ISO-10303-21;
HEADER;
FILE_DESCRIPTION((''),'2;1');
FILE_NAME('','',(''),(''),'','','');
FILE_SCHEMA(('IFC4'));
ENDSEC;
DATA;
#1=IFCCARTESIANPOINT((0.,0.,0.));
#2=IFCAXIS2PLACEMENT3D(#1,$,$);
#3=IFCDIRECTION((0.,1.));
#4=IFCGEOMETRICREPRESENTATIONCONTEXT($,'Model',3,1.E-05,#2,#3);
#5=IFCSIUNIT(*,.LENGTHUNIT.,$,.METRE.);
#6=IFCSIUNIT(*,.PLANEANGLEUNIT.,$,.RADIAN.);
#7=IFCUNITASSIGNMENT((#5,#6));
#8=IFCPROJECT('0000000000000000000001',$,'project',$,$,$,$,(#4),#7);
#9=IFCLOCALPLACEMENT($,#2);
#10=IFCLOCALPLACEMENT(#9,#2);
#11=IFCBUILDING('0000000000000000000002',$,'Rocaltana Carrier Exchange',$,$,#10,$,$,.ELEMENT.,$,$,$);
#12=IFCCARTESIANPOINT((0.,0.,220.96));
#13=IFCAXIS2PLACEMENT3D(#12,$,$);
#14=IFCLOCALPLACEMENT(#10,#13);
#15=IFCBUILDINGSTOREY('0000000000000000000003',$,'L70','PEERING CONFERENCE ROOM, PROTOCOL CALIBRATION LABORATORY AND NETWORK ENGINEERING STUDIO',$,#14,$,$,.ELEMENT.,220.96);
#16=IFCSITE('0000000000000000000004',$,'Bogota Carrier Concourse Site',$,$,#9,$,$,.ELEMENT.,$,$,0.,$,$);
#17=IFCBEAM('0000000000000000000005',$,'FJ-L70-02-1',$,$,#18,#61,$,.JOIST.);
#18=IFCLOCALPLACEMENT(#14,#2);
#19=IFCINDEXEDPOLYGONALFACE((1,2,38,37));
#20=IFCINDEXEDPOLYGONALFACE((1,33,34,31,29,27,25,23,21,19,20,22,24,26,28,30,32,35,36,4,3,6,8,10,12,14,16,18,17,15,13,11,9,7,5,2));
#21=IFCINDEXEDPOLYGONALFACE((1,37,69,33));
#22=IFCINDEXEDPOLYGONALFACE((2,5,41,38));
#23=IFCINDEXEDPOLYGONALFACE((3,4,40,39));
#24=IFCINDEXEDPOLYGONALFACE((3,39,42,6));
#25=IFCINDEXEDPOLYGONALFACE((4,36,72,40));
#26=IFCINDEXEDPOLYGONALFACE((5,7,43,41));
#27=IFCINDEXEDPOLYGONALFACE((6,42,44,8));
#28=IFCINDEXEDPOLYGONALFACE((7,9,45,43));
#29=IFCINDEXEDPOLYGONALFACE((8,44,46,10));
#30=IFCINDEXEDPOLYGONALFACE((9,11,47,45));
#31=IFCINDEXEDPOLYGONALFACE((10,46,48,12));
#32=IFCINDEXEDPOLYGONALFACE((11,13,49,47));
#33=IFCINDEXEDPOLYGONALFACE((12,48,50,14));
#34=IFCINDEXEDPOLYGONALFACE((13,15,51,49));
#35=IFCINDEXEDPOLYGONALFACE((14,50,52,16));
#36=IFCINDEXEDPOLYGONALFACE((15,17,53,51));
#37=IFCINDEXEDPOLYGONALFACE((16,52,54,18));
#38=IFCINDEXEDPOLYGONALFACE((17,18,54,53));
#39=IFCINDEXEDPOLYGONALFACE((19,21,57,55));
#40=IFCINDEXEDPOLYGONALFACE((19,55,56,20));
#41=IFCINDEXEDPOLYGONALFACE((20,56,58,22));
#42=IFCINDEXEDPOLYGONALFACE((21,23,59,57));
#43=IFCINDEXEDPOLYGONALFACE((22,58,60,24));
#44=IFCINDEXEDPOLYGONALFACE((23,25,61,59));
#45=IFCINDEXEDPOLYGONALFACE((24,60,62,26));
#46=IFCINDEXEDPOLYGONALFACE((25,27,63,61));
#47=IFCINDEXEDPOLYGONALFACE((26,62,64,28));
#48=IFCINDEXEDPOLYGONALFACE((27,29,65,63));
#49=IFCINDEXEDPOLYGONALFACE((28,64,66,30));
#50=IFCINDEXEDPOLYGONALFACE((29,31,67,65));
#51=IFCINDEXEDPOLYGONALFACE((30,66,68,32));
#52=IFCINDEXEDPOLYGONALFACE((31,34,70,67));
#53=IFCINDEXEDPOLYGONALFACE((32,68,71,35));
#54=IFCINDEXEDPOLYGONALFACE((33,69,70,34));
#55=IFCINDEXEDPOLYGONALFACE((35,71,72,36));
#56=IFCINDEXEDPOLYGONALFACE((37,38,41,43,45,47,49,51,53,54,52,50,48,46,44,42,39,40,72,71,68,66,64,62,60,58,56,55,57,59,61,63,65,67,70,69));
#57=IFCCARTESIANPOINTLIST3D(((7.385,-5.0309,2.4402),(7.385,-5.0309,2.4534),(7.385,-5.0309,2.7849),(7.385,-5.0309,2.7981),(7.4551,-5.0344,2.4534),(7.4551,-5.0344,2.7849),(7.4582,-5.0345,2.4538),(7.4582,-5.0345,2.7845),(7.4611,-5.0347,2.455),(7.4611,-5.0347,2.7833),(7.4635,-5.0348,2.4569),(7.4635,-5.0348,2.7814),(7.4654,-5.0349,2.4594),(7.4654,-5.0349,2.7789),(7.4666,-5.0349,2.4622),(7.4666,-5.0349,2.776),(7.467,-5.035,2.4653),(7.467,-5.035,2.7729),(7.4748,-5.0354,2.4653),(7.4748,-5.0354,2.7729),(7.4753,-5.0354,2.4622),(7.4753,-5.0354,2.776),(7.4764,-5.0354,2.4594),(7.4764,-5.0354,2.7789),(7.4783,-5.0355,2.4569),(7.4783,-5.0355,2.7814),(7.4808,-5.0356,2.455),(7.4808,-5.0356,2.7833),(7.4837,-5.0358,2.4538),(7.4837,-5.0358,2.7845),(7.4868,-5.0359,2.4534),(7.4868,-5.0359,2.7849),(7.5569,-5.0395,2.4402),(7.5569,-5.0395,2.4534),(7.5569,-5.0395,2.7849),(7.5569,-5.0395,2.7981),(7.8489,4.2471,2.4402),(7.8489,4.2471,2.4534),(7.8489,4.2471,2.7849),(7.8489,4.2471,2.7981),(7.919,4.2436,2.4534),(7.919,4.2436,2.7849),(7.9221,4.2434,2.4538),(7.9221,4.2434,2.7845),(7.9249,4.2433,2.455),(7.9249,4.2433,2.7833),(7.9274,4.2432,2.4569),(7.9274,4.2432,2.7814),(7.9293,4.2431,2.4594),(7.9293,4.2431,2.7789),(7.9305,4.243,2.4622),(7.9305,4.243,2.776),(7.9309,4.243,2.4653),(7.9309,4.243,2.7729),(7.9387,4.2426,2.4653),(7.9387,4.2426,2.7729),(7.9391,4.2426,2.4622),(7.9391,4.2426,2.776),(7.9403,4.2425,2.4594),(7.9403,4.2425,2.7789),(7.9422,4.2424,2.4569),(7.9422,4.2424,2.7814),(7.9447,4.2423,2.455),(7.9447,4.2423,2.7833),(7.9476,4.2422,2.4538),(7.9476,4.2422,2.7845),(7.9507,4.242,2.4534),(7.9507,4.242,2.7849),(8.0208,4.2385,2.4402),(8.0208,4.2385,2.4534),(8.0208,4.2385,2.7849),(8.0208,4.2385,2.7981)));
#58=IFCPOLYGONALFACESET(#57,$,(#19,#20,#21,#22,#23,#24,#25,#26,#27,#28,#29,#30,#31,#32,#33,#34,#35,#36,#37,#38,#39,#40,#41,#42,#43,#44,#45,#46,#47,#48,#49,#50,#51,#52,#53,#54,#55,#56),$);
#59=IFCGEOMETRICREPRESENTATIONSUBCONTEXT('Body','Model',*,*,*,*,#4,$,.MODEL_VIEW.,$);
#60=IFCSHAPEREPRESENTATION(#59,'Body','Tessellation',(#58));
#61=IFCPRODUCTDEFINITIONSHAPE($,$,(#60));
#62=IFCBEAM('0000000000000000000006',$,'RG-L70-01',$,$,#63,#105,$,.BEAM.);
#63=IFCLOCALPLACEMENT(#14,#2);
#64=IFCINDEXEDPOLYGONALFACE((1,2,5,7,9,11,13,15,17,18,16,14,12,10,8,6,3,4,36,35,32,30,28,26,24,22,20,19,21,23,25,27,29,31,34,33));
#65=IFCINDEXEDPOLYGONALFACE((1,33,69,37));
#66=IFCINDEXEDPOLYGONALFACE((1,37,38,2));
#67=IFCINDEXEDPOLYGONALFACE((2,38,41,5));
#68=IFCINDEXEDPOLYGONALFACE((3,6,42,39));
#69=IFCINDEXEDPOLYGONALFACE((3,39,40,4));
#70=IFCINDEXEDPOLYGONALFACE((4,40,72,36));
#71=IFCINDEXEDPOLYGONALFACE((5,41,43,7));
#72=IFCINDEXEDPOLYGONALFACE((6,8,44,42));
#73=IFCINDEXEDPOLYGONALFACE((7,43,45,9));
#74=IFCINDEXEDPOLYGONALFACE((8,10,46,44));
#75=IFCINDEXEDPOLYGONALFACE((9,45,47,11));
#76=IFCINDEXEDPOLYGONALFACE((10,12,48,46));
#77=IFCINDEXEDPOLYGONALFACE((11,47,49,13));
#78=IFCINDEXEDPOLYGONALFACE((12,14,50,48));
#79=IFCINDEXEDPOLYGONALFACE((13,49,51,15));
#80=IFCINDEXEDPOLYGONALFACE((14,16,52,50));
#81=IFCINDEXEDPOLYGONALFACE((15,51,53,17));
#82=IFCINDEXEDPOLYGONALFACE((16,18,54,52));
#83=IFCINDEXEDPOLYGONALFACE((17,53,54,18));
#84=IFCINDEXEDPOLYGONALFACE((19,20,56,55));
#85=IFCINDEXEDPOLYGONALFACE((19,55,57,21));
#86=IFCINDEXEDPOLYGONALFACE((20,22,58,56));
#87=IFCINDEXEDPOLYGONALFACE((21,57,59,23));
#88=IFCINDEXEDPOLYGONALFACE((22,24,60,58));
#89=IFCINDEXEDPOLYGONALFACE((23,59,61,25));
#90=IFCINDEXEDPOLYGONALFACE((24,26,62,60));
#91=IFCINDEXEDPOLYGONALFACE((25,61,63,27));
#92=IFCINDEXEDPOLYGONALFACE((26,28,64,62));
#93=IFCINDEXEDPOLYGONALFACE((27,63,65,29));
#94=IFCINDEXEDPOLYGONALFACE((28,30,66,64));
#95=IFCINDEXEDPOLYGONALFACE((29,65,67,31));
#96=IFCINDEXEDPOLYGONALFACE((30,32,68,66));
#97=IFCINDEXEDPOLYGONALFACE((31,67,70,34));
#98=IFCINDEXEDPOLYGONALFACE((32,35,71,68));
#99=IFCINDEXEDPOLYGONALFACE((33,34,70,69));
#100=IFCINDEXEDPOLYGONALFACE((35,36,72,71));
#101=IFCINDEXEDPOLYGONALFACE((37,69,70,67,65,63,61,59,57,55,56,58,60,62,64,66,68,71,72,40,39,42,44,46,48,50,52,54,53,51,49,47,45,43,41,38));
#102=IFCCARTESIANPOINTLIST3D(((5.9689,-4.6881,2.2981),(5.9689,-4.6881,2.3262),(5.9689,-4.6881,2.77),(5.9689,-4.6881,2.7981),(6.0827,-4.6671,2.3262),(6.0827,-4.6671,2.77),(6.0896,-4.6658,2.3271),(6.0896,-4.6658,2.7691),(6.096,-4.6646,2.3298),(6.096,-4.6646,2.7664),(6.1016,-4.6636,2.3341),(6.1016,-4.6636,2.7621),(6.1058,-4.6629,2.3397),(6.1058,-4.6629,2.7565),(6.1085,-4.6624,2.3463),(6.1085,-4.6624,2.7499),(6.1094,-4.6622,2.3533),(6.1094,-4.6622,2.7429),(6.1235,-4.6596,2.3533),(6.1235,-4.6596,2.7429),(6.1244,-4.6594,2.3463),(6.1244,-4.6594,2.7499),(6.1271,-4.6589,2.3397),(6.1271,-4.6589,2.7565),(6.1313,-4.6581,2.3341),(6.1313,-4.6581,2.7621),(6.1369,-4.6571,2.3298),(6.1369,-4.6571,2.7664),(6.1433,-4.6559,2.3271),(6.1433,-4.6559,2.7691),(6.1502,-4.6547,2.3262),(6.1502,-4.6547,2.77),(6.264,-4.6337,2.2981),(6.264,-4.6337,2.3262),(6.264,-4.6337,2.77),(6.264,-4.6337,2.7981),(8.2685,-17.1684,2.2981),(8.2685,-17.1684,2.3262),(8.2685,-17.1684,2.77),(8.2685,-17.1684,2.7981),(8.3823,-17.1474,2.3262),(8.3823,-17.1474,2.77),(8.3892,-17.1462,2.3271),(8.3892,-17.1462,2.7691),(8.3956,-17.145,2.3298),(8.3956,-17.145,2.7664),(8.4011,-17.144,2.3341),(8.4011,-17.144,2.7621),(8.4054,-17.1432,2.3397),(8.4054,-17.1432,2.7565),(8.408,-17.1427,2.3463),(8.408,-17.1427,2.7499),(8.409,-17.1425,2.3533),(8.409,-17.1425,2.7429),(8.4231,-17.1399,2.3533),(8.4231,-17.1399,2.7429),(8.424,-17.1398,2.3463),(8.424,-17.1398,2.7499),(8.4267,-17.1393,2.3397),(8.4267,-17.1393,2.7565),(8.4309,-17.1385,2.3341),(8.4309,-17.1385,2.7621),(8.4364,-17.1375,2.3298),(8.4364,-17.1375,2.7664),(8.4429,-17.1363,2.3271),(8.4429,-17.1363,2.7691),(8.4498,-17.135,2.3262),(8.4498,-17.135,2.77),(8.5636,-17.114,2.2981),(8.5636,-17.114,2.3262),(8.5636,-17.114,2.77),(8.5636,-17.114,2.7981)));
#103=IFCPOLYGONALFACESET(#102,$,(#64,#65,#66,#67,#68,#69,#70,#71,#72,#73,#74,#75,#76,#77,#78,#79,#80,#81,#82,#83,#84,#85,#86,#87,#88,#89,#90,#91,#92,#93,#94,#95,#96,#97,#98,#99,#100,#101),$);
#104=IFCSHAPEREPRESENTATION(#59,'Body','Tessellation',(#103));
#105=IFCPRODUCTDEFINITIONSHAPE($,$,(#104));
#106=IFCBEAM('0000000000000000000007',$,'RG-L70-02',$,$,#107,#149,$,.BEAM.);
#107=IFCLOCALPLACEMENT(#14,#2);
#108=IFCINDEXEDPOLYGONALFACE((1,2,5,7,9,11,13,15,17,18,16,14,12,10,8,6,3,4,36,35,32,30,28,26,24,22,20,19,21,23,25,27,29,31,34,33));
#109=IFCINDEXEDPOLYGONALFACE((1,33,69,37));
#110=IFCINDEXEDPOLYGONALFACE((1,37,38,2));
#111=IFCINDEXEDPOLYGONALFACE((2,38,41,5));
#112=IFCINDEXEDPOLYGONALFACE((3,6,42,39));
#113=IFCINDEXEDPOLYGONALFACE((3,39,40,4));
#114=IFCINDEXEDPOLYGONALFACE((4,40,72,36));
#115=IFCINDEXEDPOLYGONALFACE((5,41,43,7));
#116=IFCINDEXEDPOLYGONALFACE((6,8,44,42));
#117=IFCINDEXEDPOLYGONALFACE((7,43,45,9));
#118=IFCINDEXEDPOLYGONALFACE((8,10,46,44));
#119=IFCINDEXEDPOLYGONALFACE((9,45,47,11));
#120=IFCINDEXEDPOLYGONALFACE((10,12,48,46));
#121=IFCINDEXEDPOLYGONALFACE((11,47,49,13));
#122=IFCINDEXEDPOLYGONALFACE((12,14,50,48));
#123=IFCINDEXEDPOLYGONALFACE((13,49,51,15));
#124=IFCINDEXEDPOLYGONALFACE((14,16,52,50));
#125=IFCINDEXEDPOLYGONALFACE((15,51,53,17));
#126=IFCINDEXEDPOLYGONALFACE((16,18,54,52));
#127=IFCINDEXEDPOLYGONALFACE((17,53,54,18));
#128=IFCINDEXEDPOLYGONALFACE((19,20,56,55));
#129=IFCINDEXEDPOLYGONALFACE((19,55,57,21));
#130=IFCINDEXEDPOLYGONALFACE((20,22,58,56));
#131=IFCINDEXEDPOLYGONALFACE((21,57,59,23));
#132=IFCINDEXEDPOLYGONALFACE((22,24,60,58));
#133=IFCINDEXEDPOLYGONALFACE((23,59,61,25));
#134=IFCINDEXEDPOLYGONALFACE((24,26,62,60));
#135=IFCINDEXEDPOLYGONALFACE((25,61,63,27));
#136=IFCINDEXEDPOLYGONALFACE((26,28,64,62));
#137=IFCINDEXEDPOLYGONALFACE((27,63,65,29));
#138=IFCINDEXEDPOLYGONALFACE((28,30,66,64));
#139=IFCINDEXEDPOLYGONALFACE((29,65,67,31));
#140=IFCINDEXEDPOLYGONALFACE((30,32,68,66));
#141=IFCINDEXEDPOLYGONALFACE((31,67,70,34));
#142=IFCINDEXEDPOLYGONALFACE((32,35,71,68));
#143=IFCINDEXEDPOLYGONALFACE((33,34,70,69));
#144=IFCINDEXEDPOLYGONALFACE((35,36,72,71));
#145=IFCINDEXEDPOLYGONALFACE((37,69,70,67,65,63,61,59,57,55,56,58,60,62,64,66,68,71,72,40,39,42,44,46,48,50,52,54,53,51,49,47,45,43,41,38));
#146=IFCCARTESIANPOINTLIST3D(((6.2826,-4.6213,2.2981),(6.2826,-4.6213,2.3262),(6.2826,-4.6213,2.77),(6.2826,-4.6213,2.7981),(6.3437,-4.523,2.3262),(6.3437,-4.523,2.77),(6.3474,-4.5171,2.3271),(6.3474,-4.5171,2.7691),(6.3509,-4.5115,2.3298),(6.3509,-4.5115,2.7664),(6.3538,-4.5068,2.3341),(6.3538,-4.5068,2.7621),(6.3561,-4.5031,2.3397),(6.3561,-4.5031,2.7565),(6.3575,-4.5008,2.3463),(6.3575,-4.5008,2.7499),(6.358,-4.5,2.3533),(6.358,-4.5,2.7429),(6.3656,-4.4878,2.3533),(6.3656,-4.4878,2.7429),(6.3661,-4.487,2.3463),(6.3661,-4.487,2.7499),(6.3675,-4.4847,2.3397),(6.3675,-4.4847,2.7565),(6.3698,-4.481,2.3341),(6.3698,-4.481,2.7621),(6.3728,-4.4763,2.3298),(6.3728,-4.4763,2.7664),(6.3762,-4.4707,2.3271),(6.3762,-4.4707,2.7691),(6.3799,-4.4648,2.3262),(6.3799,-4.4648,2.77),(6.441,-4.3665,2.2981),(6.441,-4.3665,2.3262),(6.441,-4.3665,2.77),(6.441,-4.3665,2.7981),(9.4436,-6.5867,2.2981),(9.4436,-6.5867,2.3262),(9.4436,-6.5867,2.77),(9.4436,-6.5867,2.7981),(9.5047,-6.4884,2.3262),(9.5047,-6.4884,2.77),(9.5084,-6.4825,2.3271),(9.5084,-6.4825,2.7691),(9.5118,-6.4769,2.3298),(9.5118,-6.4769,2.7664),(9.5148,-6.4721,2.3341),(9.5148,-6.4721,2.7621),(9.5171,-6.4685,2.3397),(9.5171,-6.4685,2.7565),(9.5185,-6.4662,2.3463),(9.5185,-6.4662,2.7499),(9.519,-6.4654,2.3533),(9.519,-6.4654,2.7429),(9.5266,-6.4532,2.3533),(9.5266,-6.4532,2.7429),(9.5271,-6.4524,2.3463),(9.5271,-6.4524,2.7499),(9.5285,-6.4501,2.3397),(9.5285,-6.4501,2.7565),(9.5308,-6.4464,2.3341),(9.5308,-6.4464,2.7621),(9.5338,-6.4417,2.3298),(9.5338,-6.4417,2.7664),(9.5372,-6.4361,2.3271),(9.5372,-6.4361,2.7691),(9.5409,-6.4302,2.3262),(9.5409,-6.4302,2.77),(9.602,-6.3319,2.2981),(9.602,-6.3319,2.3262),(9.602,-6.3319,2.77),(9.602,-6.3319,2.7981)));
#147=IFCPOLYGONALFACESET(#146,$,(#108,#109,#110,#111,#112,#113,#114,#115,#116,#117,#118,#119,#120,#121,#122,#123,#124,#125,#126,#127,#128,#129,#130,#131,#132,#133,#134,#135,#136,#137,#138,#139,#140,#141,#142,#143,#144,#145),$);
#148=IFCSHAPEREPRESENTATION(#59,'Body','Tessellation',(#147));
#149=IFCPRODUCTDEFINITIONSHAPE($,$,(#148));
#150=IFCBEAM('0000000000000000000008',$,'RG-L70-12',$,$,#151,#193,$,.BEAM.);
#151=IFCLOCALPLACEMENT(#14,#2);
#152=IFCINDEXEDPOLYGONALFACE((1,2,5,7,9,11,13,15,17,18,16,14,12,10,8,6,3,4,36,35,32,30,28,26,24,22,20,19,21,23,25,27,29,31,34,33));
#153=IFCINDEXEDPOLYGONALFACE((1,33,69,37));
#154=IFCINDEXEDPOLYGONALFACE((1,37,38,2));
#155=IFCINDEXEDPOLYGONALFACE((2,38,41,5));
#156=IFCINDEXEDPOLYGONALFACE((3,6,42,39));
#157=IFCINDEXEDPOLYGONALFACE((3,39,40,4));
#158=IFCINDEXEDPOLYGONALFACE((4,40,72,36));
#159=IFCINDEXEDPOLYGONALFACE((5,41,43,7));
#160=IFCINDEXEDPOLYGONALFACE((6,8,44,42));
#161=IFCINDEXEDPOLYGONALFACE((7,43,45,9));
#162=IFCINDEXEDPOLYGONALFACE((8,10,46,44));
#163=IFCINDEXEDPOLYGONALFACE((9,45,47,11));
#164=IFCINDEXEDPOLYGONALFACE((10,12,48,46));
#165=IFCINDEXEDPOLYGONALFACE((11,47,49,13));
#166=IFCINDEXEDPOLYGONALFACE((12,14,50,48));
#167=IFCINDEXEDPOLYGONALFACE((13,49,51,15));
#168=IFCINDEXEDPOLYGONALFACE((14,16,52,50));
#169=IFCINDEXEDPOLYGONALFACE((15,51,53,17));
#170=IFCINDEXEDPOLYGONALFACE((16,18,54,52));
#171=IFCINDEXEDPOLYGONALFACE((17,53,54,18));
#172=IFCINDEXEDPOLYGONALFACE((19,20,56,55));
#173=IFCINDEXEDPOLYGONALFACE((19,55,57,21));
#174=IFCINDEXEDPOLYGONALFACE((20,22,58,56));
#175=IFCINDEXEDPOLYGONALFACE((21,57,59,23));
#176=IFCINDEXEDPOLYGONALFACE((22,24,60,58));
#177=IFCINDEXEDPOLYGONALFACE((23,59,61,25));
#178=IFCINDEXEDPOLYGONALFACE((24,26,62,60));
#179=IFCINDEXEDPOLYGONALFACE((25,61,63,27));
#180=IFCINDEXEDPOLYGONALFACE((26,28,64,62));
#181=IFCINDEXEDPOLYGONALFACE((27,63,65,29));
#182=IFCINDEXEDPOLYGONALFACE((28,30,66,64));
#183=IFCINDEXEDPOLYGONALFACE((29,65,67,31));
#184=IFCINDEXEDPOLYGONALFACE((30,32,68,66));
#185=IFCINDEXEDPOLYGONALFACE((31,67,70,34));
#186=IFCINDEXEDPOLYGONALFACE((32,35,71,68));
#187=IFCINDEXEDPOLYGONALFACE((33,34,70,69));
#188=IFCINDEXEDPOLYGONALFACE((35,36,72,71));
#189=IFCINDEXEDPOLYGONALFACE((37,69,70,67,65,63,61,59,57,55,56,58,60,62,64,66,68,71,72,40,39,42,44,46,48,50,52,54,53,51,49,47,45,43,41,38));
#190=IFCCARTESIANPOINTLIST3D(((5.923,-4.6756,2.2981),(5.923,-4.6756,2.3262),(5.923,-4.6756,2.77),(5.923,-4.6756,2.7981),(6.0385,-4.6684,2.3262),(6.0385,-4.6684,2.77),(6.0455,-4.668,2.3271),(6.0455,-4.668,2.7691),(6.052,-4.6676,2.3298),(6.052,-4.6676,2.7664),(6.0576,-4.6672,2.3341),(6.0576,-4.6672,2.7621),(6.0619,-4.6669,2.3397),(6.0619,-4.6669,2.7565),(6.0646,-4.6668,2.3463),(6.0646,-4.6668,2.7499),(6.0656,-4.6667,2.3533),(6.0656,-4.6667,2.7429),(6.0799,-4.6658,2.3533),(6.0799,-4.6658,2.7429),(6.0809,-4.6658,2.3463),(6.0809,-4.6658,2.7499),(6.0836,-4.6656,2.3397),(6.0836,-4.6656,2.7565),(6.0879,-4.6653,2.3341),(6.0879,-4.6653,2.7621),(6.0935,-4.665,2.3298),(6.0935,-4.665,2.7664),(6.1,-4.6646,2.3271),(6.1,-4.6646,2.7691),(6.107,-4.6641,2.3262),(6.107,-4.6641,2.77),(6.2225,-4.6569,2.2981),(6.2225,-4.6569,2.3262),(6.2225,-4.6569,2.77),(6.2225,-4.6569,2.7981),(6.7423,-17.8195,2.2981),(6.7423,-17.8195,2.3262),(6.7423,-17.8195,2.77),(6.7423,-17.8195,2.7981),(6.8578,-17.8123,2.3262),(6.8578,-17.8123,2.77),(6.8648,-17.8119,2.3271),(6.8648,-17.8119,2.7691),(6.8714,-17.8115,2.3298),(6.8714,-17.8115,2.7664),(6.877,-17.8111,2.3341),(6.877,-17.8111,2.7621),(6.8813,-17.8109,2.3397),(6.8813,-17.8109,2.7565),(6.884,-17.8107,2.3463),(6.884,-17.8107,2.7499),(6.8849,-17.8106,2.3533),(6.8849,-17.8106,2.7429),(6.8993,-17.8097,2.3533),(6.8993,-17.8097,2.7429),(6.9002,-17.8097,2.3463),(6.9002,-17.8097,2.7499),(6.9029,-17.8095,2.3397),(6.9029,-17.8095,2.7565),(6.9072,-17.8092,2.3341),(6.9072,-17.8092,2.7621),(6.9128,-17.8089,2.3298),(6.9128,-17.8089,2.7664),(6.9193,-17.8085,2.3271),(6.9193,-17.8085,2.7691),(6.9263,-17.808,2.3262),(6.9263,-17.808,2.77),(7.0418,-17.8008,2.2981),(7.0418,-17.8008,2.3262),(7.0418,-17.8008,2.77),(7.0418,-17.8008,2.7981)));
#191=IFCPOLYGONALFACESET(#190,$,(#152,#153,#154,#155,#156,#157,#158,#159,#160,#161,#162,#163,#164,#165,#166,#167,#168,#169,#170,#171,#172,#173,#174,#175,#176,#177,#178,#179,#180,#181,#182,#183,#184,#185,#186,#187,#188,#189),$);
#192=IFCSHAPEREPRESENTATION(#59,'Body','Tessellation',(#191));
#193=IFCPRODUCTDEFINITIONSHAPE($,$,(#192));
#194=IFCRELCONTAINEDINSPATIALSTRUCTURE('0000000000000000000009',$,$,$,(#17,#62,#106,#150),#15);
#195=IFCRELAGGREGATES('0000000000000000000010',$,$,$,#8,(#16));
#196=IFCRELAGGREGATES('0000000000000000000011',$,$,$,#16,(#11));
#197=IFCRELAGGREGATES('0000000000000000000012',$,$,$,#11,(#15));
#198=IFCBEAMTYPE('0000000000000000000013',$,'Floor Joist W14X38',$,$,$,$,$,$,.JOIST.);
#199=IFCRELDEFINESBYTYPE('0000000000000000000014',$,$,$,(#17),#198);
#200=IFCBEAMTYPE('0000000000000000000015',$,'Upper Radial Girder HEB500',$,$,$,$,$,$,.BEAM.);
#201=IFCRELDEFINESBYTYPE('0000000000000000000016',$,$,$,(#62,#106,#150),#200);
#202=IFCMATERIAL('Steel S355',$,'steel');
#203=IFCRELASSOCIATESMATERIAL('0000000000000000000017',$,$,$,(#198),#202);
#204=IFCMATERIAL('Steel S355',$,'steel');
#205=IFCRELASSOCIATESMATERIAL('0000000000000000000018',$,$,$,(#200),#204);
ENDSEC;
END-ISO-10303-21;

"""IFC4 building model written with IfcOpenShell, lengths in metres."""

from ifc_helpers import new_model, si_unit, direction, frame, origin, origin_2d, place, context, subcontext, project, spatial, i_section, extrude, material, material_profile, profile_set, type_object, element, save


model = new_model("IFC4")

# Units and contexts
model_context = context("Model", 3, precision=1e-05, world=origin(), true_north=direction((0.0, 1.0)))
body_context = subcontext(model_context, "Body", "Model", "MODEL_VIEW")
ifc_project = project(units=[si_unit("LENGTHUNIT", "METRE"), si_unit("PLANEANGLEUNIT", "RADIAN")], contexts=[model_context])

# Site, building, storey
site_placement = place(None, origin())
site = spatial("IfcSite", under=ifc_project, at=site_placement, Name="Bogota Carrier Concourse Site", CompositionType="ELEMENT", RefElevation=0.0)
building_placement = place(site_placement, origin())
building = spatial("IfcBuilding", under=site, at=building_placement, Name="Rocaltana Carrier Exchange", CompositionType="ELEMENT")
storey_placement = place(building_placement, frame((0.0, 0.0, 220.96)))
storey = spatial("IfcBuildingStorey", under=building, at=storey_placement, Name="L70", Description="PEERING CONFERENCE ROOM, PROTOCOL CALIBRATION LABORATORY AND NETWORK ENGINEERING STUDIO", CompositionType="ELEMENT", Elevation=220.96)

# Beams
ifc_material_1 = material(Name="Steel S355", Category="steel")
ifc_material_profile_1 = material_profile(ifc_material_1, i_section(OverallWidth=0.1721, OverallDepth=0.3579, WebThickness=0.0078, FlangeThickness=0.0132, FilletRadius=0.012, at=origin_2d()), Name="W14X38")
ifc_profile_set_1 = profile_set([ifc_material_profile_1], Name="Steel S355")
beam_type_1 = type_object("IfcBeamType", Name="Floor Joist W14X38", PredefinedType="JOIST", material=ifc_profile_set_1)
beam_1_placement = place(storey_placement, frame((7.4709, -5.0352, 2.6191), z_axis=(0.049934, 0.998753, 0.0), x_axis=(-0.998753, 0.049934, 0.0)))
element("IfcBeam", 1, at=beam_1_placement, inside=storey, type_object=beam_type_1, Name="FJ-L70-02-1", PredefinedType="JOIST", context=body_context, shape_type="SweptSolid", body=[
    extrude(i_section(OverallWidth=0.1721, OverallDepth=0.3579, WebThickness=0.0078, FlangeThickness=0.0132, FilletRadius=0.012, at=origin_2d()), origin(), (0.0, 0.0, 1.0), 9.2896),
])
ifc_material_2 = material(Name="Steel S355", Category="steel")
ifc_material_profile_2 = material_profile(ifc_material_2, i_section(OverallWidth=0.3, OverallDepth=0.5, WebThickness=0.0144, FlangeThickness=0.0281, FilletRadius=0.0271, at=origin_2d()), Name="HEB500")
ifc_profile_set_2 = profile_set([ifc_material_profile_2], Name="Steel S355")
beam_type_2 = type_object("IfcBeamType", Name="Upper Radial Girder HEB500", PredefinedType="BEAM", material=ifc_profile_set_2)
beam_2_placement = place(storey_placement, frame((6.1165, -4.6609, 2.5481), z_axis=(0.181206, -0.983445, 0.0), x_axis=(0.983445, 0.181206, 0.0)))
element("IfcBeam", 2, at=beam_2_placement, inside=storey, type_object=beam_type_2, Name="RG-L70-01", PredefinedType="BEAM", context=body_context, shape_type="SweptSolid", body=[
    extrude(i_section(OverallWidth=0.3, OverallDepth=0.5, WebThickness=0.0144, FlangeThickness=0.0281, FilletRadius=0.0271, at=origin_2d()), origin(), (0.0, 0.0, 1.0), 12.6904),
])
beam_3_placement = place(storey_placement, frame((6.3618, -4.4939, 2.5481), z_axis=(0.84923, -0.528022, 0.0), x_axis=(0.528022, 0.84923, 0.0)))
element("IfcBeam", 3, at=beam_3_placement, inside=storey, type_object=beam_type_2, Name="RG-L70-02", PredefinedType="BEAM", context=body_context, shape_type="SweptSolid", body=[
    extrude(i_section(OverallWidth=0.3, OverallDepth=0.5, WebThickness=0.0144, FlangeThickness=0.0281, FilletRadius=0.0271, at=origin_2d()), origin(), (0.0, 0.0, 1.0), 3.7222),
])
beam_4_placement = place(storey_placement, frame((6.0728, -4.6663, 2.5481), z_axis=(0.062214, -0.998063, 0.0), x_axis=(0.998063, 0.062214, 0.0)))
element("IfcBeam", 4, at=beam_4_placement, inside=storey, type_object=beam_type_2, Name="RG-L70-12", PredefinedType="BEAM", context=body_context, shape_type="SweptSolid", body=[
    extrude(i_section(OverallWidth=0.3, OverallDepth=0.5, WebThickness=0.0144, FlangeThickness=0.0281, FilletRadius=0.0271, at=origin_2d()), origin(), (0.0, 0.0, 1.0), 13.1694),
])

save(model, "model.ifc")
